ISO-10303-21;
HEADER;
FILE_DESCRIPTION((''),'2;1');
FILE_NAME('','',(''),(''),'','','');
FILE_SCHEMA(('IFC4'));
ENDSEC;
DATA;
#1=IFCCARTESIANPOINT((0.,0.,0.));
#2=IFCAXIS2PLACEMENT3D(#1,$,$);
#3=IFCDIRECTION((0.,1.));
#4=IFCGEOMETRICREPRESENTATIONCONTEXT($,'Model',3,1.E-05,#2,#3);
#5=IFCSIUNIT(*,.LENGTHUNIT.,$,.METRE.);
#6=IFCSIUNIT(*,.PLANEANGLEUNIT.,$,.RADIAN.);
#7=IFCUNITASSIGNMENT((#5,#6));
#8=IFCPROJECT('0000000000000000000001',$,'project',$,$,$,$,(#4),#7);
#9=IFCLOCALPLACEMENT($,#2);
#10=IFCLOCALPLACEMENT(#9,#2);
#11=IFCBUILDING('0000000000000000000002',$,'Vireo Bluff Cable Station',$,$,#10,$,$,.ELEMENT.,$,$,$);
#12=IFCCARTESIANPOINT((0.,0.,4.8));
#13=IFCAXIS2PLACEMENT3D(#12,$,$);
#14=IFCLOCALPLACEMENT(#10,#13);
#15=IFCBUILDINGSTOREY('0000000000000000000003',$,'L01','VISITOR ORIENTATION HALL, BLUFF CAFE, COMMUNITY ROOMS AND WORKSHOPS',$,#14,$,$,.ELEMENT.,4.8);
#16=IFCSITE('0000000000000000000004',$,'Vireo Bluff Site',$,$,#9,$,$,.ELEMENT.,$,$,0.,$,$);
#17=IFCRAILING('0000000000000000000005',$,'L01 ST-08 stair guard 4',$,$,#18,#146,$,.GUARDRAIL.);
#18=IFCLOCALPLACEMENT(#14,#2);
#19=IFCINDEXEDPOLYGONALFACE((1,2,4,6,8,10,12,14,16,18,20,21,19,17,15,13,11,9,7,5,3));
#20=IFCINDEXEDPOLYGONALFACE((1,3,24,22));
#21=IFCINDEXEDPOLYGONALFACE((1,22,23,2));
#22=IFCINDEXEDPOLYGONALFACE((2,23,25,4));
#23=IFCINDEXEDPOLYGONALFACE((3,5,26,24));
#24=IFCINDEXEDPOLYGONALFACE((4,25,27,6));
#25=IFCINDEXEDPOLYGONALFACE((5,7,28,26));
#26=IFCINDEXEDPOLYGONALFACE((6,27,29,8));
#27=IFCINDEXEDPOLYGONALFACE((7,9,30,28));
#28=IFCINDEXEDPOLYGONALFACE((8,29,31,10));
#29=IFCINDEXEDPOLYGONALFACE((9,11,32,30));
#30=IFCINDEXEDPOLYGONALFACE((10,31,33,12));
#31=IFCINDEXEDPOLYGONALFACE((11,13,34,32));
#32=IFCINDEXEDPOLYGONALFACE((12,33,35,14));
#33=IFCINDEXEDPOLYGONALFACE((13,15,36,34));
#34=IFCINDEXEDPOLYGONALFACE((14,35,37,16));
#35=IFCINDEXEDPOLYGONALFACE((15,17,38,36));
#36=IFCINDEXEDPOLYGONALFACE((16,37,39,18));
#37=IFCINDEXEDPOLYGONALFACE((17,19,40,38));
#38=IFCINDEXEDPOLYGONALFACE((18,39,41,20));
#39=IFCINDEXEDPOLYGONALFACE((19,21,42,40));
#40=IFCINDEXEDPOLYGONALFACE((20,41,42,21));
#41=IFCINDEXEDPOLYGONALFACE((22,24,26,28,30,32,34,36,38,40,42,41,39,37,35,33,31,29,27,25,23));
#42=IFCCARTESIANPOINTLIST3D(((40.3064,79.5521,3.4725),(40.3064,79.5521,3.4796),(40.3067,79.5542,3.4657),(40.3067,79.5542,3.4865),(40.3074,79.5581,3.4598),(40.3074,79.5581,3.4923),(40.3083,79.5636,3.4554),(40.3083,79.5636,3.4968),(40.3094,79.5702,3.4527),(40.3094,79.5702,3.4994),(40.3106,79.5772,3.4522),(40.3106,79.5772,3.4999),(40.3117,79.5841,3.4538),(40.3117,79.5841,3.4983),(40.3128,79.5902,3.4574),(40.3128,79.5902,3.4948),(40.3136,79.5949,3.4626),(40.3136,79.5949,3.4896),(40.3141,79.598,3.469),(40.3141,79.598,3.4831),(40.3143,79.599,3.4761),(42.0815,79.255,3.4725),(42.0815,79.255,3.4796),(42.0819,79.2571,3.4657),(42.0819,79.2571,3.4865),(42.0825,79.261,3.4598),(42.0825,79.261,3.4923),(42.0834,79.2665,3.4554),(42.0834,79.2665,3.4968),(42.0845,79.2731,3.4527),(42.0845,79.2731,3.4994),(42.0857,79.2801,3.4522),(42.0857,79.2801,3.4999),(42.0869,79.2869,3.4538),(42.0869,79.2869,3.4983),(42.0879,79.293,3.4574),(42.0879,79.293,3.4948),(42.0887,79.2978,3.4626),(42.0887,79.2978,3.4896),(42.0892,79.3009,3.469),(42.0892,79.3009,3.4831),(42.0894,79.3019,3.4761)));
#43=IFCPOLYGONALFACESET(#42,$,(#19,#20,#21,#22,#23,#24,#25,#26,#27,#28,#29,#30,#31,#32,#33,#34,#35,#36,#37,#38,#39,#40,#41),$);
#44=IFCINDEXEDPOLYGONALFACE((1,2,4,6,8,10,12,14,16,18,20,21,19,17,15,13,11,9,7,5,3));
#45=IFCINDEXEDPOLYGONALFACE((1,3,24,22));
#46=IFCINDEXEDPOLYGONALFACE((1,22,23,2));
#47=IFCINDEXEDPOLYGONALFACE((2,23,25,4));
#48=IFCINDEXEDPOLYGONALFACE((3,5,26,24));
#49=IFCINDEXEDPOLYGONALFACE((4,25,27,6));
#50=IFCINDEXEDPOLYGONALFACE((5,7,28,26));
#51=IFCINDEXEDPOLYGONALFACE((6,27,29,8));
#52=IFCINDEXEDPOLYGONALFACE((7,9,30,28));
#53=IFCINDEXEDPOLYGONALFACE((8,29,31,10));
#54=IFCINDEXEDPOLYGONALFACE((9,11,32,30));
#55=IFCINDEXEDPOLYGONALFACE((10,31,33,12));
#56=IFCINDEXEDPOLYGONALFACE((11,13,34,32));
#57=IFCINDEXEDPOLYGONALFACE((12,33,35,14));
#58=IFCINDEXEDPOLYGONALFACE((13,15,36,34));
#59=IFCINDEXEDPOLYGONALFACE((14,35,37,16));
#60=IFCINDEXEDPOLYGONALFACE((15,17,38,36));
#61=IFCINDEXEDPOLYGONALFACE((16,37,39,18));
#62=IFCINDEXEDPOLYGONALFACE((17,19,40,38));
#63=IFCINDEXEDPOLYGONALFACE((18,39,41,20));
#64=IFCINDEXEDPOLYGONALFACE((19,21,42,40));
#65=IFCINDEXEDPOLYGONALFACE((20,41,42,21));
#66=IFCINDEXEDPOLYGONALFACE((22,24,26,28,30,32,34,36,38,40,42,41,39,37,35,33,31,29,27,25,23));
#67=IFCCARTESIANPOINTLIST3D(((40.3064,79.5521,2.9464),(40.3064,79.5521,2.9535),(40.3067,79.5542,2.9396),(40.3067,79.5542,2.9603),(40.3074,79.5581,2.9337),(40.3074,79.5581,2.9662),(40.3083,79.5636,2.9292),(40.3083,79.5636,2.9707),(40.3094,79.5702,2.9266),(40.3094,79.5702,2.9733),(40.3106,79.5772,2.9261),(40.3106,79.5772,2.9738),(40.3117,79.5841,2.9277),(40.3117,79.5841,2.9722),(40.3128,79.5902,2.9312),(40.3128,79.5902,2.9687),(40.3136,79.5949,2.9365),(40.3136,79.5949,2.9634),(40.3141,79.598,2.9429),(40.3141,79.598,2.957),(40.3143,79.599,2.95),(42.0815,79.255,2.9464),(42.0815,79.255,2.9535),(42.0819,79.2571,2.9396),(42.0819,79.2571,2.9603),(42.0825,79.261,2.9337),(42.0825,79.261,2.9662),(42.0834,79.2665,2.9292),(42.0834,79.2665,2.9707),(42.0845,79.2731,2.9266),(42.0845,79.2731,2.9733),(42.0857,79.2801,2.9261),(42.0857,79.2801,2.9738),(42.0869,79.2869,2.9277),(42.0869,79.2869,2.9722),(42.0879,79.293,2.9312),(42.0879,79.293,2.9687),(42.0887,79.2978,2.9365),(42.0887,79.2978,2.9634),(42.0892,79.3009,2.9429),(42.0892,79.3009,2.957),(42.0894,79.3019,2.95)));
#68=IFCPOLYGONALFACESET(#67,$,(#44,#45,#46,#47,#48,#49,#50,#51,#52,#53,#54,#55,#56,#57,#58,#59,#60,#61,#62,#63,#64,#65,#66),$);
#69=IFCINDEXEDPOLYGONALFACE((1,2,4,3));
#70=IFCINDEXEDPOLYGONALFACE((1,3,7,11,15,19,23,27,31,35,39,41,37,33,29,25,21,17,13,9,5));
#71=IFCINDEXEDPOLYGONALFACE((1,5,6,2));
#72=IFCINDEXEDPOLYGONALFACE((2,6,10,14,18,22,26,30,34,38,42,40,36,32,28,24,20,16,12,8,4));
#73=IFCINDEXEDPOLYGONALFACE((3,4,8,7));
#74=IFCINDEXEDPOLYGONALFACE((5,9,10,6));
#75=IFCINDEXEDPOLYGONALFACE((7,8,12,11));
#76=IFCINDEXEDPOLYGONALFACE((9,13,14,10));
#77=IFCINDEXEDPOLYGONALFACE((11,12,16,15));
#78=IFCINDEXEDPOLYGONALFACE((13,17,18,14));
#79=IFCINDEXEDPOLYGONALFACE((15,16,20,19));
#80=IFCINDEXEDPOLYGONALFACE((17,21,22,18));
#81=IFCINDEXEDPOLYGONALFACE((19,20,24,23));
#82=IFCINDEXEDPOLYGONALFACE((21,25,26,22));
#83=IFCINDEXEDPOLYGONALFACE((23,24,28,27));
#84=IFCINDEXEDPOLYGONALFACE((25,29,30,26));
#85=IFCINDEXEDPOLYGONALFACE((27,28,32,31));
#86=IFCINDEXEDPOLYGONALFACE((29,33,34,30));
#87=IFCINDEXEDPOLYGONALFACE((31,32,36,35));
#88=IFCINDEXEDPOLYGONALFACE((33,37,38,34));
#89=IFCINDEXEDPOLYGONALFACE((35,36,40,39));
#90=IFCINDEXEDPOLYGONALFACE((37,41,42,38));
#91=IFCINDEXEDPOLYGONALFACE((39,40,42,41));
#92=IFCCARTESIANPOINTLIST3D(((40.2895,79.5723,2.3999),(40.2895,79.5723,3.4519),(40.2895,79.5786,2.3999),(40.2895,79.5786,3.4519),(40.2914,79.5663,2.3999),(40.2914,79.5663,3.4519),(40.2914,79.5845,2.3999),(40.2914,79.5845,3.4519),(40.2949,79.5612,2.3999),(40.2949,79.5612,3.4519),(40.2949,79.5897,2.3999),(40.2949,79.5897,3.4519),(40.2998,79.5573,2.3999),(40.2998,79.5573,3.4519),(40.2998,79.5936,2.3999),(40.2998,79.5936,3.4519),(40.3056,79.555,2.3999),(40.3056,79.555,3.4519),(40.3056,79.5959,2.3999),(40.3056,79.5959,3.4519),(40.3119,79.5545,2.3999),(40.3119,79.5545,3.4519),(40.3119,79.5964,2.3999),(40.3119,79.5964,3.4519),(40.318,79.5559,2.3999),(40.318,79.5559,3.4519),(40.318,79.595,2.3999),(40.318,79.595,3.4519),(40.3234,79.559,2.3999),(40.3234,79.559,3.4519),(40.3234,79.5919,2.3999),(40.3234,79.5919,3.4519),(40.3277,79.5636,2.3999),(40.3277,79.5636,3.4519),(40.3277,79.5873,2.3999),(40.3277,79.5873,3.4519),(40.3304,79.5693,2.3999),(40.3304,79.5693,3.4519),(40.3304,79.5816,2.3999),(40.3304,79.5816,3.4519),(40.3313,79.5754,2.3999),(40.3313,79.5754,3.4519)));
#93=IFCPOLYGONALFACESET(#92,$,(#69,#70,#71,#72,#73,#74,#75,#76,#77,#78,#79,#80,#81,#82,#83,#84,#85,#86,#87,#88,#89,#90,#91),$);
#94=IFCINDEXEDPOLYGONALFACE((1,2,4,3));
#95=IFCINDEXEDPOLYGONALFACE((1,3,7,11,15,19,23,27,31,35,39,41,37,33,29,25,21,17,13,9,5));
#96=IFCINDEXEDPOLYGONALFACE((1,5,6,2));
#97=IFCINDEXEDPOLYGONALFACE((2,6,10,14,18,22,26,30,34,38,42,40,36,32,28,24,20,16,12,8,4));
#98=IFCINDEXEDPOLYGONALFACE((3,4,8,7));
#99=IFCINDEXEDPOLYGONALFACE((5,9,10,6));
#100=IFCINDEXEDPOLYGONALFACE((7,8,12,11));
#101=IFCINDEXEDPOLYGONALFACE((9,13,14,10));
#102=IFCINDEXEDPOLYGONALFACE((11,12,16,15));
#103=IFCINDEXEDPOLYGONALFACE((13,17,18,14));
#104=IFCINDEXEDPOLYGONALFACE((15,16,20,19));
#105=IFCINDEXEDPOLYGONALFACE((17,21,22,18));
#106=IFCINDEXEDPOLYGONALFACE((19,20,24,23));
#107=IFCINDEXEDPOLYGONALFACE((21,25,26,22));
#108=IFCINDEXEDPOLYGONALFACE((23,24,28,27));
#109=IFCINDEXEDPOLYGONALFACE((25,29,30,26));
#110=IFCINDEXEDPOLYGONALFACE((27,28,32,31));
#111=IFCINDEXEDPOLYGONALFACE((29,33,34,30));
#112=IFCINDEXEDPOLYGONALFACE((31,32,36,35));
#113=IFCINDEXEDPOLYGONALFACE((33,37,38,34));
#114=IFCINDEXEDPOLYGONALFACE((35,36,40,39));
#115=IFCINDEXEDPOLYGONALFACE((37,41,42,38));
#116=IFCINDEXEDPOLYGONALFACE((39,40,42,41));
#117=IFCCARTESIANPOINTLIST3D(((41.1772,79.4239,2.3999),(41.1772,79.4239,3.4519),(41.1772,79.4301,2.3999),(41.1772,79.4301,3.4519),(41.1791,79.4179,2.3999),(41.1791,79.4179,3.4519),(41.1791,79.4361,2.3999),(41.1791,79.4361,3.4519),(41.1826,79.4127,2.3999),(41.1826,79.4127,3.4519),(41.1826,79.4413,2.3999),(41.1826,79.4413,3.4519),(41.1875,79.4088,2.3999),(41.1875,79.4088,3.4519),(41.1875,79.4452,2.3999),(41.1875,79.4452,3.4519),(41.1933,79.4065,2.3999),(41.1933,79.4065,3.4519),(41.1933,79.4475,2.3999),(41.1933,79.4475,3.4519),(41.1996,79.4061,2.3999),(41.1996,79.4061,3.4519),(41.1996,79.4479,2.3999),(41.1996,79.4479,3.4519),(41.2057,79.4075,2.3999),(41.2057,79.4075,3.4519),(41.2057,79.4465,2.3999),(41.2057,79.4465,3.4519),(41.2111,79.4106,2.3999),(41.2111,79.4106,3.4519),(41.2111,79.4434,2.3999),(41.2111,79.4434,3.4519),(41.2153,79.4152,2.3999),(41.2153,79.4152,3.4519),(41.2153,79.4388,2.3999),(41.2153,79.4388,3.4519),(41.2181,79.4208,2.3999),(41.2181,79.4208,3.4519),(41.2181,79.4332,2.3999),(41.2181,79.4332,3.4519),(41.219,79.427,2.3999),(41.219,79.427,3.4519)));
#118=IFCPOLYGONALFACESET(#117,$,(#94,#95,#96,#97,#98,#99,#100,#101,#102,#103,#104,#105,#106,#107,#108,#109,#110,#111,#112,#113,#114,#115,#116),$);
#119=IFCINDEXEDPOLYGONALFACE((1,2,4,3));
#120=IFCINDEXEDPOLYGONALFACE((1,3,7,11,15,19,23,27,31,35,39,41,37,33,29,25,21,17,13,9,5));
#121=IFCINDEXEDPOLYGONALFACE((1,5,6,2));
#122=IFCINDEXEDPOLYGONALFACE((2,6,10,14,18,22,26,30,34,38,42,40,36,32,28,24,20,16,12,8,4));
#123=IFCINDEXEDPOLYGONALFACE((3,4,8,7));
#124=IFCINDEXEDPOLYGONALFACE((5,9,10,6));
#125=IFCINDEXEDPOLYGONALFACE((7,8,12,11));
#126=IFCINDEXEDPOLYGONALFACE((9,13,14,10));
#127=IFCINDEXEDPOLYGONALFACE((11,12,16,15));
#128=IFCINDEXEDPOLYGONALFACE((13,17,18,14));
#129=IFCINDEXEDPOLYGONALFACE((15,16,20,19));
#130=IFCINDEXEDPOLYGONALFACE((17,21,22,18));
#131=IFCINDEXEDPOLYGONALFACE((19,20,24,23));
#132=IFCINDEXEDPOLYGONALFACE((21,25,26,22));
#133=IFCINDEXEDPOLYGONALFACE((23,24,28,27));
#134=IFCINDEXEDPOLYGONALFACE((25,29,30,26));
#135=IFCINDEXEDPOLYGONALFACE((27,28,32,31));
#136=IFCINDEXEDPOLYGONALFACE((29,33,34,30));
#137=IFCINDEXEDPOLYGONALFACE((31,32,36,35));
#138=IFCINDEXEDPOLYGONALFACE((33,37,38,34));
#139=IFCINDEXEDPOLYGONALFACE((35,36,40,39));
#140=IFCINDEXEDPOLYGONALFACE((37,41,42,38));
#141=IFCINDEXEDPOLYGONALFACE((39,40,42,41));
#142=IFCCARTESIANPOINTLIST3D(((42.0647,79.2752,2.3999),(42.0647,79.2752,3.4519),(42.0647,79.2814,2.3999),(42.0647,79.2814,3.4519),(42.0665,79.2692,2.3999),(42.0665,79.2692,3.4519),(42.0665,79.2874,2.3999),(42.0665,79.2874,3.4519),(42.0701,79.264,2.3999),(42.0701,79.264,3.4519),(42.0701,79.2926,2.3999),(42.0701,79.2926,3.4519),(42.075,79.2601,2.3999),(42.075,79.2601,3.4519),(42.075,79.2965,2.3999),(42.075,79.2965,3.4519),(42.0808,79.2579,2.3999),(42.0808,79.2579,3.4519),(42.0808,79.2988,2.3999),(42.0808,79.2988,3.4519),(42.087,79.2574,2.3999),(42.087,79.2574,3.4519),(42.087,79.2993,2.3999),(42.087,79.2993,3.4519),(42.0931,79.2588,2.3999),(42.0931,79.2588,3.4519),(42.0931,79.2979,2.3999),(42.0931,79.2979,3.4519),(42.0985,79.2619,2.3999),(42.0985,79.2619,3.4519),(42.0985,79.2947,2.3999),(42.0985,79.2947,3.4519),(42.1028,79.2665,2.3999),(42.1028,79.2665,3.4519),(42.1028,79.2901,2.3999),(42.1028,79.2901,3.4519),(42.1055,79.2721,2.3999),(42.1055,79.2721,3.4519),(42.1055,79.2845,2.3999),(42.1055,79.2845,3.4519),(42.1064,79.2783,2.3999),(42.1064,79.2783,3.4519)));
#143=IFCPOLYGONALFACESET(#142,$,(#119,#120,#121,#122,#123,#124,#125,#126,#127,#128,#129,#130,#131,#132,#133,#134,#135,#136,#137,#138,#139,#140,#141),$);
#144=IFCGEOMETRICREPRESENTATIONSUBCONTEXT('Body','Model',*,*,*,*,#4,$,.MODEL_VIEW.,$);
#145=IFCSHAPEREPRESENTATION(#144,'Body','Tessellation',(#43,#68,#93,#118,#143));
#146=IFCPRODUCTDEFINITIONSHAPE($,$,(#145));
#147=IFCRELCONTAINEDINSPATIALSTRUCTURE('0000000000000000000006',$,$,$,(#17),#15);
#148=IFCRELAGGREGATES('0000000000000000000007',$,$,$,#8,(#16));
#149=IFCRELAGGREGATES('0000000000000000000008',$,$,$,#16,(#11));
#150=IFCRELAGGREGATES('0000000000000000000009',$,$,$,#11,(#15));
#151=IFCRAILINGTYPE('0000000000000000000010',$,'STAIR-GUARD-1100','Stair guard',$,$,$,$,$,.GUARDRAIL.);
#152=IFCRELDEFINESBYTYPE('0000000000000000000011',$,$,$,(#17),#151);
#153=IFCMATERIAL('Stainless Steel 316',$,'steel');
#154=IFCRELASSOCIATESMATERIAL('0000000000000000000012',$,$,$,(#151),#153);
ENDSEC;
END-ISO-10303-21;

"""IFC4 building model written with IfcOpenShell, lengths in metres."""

from ifc_helpers import new_model, si_unit, direction, frame, origin, origin_2d, place, context, subcontext, project, spatial, circle, extrude, material, type_object, element, save


model = new_model("IFC4")

# Units and contexts
model_context = context("Model", 3, precision=1e-05, world=origin(), true_north=direction((0.0, 1.0)))
body_context = subcontext(model_context, "Body", "Model", "MODEL_VIEW")
ifc_project = project(units=[si_unit("LENGTHUNIT", "METRE"), si_unit("PLANEANGLEUNIT", "RADIAN")], contexts=[model_context])

# Site, building, storey
site_placement = place(None, origin())
site = spatial("IfcSite", under=ifc_project, at=site_placement, Name="Vireo Bluff Site", CompositionType="ELEMENT", RefElevation=0.0)
building_placement = place(site_placement, origin())
building = spatial("IfcBuilding", under=site, at=building_placement, Name="Vireo Bluff Cable Station", CompositionType="ELEMENT")
storey_placement = place(building_placement, frame((0.0, 0.0, 4.8)))
storey = spatial("IfcBuildingStorey", under=building, at=storey_placement, Name="L01", Description="VISITOR ORIENTATION HALL, BLUFF CAFE, COMMUNITY ROOMS AND WORKSHOPS", CompositionType="ELEMENT", Elevation=4.8)

# Railing
ifc_material_1 = material(Name="Stainless Steel 316", Category="steel")
railing_type_1 = type_object("IfcRailingType", Name="STAIR-GUARD-1100", Description="Stair guard", PredefinedType="GUARDRAIL", material=ifc_material_1)
railing_1_placement = place(storey_placement, frame((40.3103, 79.5754, 2.3999)))
element("IfcRailing", 1, at=railing_1_placement, inside=storey, type_object=railing_type_1, Name="L01 ST-08 stair guard 4", PredefinedType="GUARDRAIL", context=body_context, shape_type="SweptSolid", body=[
    extrude(circle(Radius=0.0239, at=origin_2d()), frame((0.0, 0.0, 1.0762), z_axis=(0.98628, -0.165081, 0.0), x_axis=(0.165081, 0.98628, 0.0)), (0.0, 0.0, 1.0), 1.7998),
    extrude(circle(Radius=0.0239, at=origin_2d()), frame((0.0, 0.0, 0.55), z_axis=(0.98628, -0.165081, 0.0), x_axis=(0.165081, 0.98628, 0.0)), (0.0, 0.0, 1.0), 1.7998),
    extrude(circle(Radius=0.021, at=origin_2d()), origin(), (0.0, 0.0, 1.0), 1.052),
    extrude(circle(Radius=0.021, at=origin_2d()), frame((0.8877, -0.1484, 0.0)), (0.0, 0.0, 1.0), 1.052),
    extrude(circle(Radius=0.021, at=origin_2d()), frame((1.7751, -0.2971, 0.0)), (0.0, 0.0, 1.0), 1.052),
])

save(model, "model.ifc")
